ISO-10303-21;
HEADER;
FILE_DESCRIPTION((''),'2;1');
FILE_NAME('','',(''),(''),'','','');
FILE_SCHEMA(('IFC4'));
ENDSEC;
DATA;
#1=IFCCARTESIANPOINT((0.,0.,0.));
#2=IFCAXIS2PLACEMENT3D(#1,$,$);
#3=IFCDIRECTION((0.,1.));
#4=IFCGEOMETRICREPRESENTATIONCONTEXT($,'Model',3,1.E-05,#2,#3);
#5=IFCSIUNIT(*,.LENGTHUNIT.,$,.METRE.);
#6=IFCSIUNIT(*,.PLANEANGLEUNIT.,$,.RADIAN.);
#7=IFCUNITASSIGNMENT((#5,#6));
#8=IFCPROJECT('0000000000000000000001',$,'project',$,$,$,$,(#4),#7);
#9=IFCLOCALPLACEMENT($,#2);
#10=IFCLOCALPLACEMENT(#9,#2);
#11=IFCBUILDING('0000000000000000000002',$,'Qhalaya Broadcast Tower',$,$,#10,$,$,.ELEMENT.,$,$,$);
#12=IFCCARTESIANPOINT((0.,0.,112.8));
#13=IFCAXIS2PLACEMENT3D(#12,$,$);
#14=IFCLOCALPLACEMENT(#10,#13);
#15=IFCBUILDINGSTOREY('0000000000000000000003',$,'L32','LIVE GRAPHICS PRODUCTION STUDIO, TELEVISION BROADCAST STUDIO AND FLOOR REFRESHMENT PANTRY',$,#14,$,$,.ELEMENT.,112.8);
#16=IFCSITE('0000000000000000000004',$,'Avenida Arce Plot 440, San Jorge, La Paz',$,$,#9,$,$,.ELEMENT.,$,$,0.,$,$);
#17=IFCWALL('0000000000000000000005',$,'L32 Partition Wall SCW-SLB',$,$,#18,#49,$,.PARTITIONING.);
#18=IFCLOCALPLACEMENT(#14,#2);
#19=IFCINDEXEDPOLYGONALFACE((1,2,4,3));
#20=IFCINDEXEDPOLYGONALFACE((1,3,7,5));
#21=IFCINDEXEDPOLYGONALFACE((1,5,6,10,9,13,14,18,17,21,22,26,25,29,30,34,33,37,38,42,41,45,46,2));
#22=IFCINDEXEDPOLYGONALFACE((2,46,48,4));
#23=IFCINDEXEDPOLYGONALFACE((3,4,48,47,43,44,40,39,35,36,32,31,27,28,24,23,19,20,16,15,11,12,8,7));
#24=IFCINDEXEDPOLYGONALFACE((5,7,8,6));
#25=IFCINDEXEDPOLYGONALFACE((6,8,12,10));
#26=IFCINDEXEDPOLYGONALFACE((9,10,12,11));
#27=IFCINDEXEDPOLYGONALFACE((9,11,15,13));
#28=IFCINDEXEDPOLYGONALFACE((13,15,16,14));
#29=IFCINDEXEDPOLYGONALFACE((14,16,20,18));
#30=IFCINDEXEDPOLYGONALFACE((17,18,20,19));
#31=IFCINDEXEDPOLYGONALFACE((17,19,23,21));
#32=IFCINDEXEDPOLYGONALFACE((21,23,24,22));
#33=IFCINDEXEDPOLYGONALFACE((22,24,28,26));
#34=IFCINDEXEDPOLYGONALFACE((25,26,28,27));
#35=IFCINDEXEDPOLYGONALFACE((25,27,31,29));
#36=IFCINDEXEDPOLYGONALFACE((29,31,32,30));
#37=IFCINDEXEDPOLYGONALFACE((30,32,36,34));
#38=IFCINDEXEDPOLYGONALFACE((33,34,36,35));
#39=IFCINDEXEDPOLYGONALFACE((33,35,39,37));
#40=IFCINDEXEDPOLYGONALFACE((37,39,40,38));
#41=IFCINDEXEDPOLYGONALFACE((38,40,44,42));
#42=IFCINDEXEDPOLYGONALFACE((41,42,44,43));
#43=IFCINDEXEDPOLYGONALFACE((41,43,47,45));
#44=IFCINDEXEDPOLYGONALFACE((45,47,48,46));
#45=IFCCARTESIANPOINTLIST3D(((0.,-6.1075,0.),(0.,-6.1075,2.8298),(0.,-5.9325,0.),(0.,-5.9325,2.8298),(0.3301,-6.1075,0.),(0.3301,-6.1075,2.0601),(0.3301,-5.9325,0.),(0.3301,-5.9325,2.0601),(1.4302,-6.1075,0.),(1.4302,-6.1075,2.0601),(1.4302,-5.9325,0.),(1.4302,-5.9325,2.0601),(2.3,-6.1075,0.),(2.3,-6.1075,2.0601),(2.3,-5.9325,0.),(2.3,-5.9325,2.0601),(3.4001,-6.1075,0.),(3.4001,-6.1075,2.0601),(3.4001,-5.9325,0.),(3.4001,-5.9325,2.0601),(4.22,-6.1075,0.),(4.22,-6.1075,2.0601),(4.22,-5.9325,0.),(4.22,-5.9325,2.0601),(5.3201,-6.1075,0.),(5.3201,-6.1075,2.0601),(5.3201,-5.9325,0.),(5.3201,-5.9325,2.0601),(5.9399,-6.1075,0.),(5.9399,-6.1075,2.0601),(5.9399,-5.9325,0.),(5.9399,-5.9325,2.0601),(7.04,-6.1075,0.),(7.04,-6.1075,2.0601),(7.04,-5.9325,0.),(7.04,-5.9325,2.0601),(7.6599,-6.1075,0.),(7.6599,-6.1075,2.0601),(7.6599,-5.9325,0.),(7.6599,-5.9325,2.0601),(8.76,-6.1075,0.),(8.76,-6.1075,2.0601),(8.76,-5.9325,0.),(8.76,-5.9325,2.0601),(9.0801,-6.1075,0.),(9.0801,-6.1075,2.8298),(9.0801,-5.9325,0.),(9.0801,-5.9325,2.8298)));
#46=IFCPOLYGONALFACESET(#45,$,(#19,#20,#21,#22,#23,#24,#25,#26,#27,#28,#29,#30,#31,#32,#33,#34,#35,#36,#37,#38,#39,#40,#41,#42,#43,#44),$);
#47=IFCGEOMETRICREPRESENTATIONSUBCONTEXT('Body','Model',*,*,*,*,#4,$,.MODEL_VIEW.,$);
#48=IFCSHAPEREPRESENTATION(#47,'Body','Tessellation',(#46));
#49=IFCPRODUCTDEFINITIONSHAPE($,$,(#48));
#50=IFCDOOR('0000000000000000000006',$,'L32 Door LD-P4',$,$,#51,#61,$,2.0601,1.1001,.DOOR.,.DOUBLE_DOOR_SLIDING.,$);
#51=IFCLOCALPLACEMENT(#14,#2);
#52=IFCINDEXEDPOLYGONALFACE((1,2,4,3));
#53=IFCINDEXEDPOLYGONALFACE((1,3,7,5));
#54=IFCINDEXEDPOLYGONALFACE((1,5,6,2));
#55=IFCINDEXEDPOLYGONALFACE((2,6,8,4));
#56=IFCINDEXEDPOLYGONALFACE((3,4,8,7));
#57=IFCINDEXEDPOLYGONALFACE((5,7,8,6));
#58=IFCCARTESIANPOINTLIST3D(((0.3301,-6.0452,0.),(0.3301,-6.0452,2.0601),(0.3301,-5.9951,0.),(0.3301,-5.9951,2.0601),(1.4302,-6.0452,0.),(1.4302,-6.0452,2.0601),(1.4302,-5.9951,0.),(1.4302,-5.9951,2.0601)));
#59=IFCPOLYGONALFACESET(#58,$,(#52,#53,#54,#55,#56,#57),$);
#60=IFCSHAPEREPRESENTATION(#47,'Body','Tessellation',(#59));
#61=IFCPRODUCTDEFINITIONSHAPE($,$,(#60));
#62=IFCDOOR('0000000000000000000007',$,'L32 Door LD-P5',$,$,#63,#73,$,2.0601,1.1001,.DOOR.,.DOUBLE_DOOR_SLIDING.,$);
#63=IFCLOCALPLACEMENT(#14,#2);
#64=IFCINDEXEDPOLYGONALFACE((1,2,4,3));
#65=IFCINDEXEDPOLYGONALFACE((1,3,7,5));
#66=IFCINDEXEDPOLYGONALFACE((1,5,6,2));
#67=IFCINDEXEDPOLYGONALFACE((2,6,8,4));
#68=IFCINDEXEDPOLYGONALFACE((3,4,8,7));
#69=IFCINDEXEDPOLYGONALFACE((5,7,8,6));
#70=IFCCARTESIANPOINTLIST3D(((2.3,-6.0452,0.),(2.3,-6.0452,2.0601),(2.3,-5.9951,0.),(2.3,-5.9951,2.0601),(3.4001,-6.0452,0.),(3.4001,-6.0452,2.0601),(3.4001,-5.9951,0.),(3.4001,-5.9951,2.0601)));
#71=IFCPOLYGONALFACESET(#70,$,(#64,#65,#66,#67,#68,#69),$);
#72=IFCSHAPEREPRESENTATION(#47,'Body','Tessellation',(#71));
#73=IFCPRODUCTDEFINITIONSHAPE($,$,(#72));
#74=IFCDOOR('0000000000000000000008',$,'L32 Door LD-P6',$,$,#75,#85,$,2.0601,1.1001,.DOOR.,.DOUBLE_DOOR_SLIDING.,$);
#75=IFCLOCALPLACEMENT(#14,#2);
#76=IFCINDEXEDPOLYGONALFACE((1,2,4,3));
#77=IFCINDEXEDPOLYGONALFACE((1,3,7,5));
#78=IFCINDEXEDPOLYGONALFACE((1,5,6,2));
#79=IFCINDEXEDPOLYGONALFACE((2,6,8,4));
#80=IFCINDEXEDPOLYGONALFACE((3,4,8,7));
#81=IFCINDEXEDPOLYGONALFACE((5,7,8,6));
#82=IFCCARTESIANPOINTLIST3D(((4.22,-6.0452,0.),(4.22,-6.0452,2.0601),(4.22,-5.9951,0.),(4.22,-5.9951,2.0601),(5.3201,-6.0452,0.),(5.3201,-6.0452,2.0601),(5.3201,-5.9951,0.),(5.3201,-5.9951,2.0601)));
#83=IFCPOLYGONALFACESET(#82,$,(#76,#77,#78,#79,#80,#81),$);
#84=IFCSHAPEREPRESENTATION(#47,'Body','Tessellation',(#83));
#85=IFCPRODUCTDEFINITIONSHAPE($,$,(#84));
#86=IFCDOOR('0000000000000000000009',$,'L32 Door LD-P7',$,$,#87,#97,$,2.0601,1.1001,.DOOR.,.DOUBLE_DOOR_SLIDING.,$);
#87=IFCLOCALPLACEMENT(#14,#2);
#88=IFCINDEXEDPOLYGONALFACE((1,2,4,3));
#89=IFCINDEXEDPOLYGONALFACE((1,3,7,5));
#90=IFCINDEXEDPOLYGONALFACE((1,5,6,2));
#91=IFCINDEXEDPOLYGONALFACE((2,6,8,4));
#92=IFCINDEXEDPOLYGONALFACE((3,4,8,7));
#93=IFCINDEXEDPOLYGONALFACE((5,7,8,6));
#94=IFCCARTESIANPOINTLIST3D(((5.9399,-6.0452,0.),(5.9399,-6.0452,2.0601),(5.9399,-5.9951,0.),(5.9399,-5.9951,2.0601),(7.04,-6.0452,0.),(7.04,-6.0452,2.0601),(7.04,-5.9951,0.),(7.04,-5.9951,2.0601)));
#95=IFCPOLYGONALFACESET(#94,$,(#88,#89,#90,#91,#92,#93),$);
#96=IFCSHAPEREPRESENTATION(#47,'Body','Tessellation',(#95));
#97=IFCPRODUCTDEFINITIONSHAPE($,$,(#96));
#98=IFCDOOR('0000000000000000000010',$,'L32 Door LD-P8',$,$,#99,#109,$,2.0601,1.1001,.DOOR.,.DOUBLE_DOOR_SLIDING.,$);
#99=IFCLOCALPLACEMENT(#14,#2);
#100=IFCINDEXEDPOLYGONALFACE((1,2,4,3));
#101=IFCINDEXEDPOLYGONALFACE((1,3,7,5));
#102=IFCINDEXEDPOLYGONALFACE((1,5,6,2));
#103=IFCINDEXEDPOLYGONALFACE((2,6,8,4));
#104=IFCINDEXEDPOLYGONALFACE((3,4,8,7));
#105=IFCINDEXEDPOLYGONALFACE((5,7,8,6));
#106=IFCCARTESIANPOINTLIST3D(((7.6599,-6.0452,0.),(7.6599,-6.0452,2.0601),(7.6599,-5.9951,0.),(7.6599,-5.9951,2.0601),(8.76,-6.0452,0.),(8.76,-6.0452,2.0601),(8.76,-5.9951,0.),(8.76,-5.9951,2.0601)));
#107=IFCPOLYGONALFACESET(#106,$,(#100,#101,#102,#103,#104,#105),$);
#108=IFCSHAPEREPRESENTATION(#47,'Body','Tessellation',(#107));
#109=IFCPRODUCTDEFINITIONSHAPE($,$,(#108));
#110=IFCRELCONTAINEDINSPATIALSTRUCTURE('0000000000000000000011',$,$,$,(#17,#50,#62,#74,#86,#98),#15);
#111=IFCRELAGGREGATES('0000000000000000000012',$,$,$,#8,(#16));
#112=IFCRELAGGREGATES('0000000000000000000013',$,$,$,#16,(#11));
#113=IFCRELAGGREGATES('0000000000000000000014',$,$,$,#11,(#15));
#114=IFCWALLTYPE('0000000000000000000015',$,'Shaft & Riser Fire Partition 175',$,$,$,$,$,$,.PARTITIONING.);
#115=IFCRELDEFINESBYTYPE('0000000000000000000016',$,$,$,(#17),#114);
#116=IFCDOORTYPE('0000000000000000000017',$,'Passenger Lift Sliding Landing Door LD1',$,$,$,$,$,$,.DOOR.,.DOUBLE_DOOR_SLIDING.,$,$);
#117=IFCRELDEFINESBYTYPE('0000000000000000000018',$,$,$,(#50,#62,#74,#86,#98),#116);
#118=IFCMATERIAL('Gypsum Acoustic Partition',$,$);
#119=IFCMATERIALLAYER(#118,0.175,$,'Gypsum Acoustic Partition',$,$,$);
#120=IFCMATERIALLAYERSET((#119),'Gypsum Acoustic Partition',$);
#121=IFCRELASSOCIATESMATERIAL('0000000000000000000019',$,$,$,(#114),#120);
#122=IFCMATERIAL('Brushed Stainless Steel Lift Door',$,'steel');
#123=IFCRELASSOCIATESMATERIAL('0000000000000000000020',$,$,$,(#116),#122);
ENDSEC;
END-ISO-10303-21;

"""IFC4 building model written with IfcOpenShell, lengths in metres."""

from ifc_helpers import new_model, si_unit, direction, frame, frame_2d, origin, place, context, subcontext, project, spatial, rectangle, extrude, material, layer, layer_set, type_object, element, fill, save


model = new_model("IFC4")

# Units and contexts
model_context = context("Model", 3, precision=1e-05, world=origin(), true_north=direction((0.0, 1.0)))
body_context = subcontext(model_context, "Body", "Model", "MODEL_VIEW")
ifc_project = project(units=[si_unit("LENGTHUNIT", "METRE"), si_unit("PLANEANGLEUNIT", "RADIAN")], contexts=[model_context])

# Site, building, storey
site_placement = place(None, origin())
site = spatial("IfcSite", under=ifc_project, at=site_placement, Name="Avenida Arce Plot 440, San Jorge, La Paz", CompositionType="ELEMENT", RefElevation=0.0)
building_placement = place(site_placement, origin())
building = spatial("IfcBuilding", under=site, at=building_placement, Name="Qhalaya Broadcast Tower", CompositionType="ELEMENT")
storey_placement = place(building_placement, frame((0.0, 0.0, 112.8)))
storey = spatial("IfcBuildingStorey", under=building, at=storey_placement, Name="L32", Description="LIVE GRAPHICS PRODUCTION STUDIO, TELEVISION BROADCAST STUDIO AND FLOOR REFRESHMENT PANTRY", CompositionType="ELEMENT", Elevation=112.8)

# Shared definitions
ifc_material_1 = material(Name="Gypsum Acoustic Partition")

# Wall, openings, doors
ifc_layer_1 = layer(ifc_material_1, 0.175, Name="Gypsum Acoustic Partition")
ifc_layer_set_1 = layer_set([ifc_layer_1], Name="Gypsum Acoustic Partition")
wall_type_1 = type_object("IfcWallType", Name="Shaft & Riser Fire Partition 175", PredefinedType="PARTITIONING", material=ifc_layer_set_1)
wall_1_placement = place(storey_placement, frame((0.0, -6.02, 0.0), z_axis=(0.0, 0.0, 1.0), x_axis=(1.0, 0.0, 0.0)))
wall_1 = element("IfcWall", 1, at=wall_1_placement, inside=storey, type_object=wall_type_1, Name="L32 Partition Wall SCW-SLB", PredefinedType="PARTITIONING", context=body_context, shape_type="SweptSolid", body=[
    extrude(rectangle(XDim=9.0801, YDim=0.175, at=frame_2d((4.54, 0.0))), origin(), (0.0, 0.0, 1.0), 2.8298),
])
opening_1_placement = place(wall_1_placement, frame((0.3301, 0.0, 0.0)))
opening_1 = element("IfcOpeningElement", 2, at=opening_1_placement, cuts=wall_1, PredefinedType="OPENING", context=body_context, shape_type="SweptSolid", body=[
    extrude(rectangle(XDim=1.1001, YDim=2.0601, at=frame_2d((0.55, 1.03))), frame((0.0, 0.0996, 0.0), z_axis=(0.0, -1.0, 0.0), x_axis=(1.0, 0.0, 0.0)), (0.0, 0.0, 1.0), 0.199),
])
opening_2_placement = place(wall_1_placement, frame((2.3, 0.0, 0.0)))
opening_2 = element("IfcOpeningElement", 3, at=opening_2_placement, cuts=wall_1, PredefinedType="OPENING", context=body_context, shape_type="SweptSolid", body=[
    extrude(rectangle(XDim=1.1001, YDim=2.0601, at=frame_2d((0.55, 1.03))), frame((0.0, 0.0996, 0.0), z_axis=(0.0, -1.0, 0.0), x_axis=(1.0, 0.0, 0.0)), (0.0, 0.0, 1.0), 0.199),
])
opening_3_placement = place(wall_1_placement, frame((4.22, 0.0, 0.0)))
opening_3 = element("IfcOpeningElement", 4, at=opening_3_placement, cuts=wall_1, PredefinedType="OPENING", context=body_context, shape_type="SweptSolid", body=[
    extrude(rectangle(XDim=1.1001, YDim=2.0601, at=frame_2d((0.55, 1.03))), frame((0.0, 0.0996, 0.0), z_axis=(0.0, -1.0, 0.0), x_axis=(1.0, 0.0, 0.0)), (0.0, 0.0, 1.0), 0.199),
])
opening_4_placement = place(wall_1_placement, frame((5.9399, 0.0, 0.0)))
opening_4 = element("IfcOpeningElement", 5, at=opening_4_placement, cuts=wall_1, PredefinedType="OPENING", context=body_context, shape_type="SweptSolid", body=[
    extrude(rectangle(XDim=1.1001, YDim=2.0601, at=frame_2d((0.55, 1.03))), frame((0.0, 0.0996, 0.0), z_axis=(0.0, -1.0, 0.0), x_axis=(1.0, 0.0, 0.0)), (0.0, 0.0, 1.0), 0.199),
])
opening_5_placement = place(wall_1_placement, frame((7.6599, 0.0, 0.0)))
opening_5 = element("IfcOpeningElement", 6, at=opening_5_placement, cuts=wall_1, PredefinedType="OPENING", context=body_context, shape_type="SweptSolid", body=[
    extrude(rectangle(XDim=1.1001, YDim=2.0601, at=frame_2d((0.55, 1.03))), frame((0.0, 0.0996, 0.0), z_axis=(0.0, -1.0, 0.0), x_axis=(1.0, 0.0, 0.0)), (0.0, 0.0, 1.0), 0.199),
])
ifc_material_2 = material(Name="Brushed Stainless Steel Lift Door", Category="steel")
door_type_1 = type_object("IfcDoorType", Name="Passenger Lift Sliding Landing Door LD1", OperationType="DOUBLE_DOOR_SLIDING", PredefinedType="DOOR", material=ifc_material_2)
door_1_placement = place(opening_1_placement, origin())
door_1 = element("IfcDoor", 7, at=door_1_placement, inside=storey, type_object=door_type_1, Name="L32 Door LD-P4", OperationType="DOUBLE_DOOR_SLIDING", OverallHeight=2.0601, OverallWidth=1.1001, PredefinedType="DOOR", context=body_context, shape_type="SweptSolid", body=[
    extrude(rectangle(XDim=1.1001, YDim=2.0601, at=frame_2d((0.55, 1.03))), frame((0.0, 0.0249, 0.0), z_axis=(0.0, -1.0, 0.0), x_axis=(1.0, 0.0, 0.0)), (0.0, 0.0, 1.0), 0.05),
])
fill(opening_1, door_1)
door_2_placement = place(opening_2_placement, origin())
door_2 = element("IfcDoor", 8, at=door_2_placement, inside=storey, type_object=door_type_1, Name="L32 Door LD-P5", OperationType="DOUBLE_DOOR_SLIDING", OverallHeight=2.0601, OverallWidth=1.1001, PredefinedType="DOOR", context=body_context, shape_type="SweptSolid", body=[
    extrude(rectangle(XDim=1.1001, YDim=2.0601, at=frame_2d((0.55, 1.03))), frame((0.0, 0.0249, 0.0), z_axis=(0.0, -1.0, 0.0), x_axis=(1.0, 0.0, 0.0)), (0.0, 0.0, 1.0), 0.05),
])
fill(opening_2, door_2)
door_3_placement = place(opening_3_placement, origin())
door_3 = element("IfcDoor", 9, at=door_3_placement, inside=storey, type_object=door_type_1, Name="L32 Door LD-P6", OperationType="DOUBLE_DOOR_SLIDING", OverallHeight=2.0601, OverallWidth=1.1001, PredefinedType="DOOR", context=body_context, shape_type="SweptSolid", body=[
    extrude(rectangle(XDim=1.1001, YDim=2.0601, at=frame_2d((0.55, 1.03))), frame((0.0, 0.0249, 0.0), z_axis=(0.0, -1.0, 0.0), x_axis=(1.0, 0.0, 0.0)), (0.0, 0.0, 1.0), 0.05),
])
fill(opening_3, door_3)
door_4_placement = place(opening_4_placement, origin())
door_4 = element("IfcDoor", 10, at=door_4_placement, inside=storey, type_object=door_type_1, Name="L32 Door LD-P7", OperationType="DOUBLE_DOOR_SLIDING", OverallHeight=2.0601, OverallWidth=1.1001, PredefinedType="DOOR", context=body_context, shape_type="SweptSolid", body=[
    extrude(rectangle(XDim=1.1001, YDim=2.0601, at=frame_2d((0.55, 1.03))), frame((0.0, 0.0249, 0.0), z_axis=(0.0, -1.0, 0.0), x_axis=(1.0, 0.0, 0.0)), (0.0, 0.0, 1.0), 0.05),
])
fill(opening_4, door_4)
door_5_placement = place(opening_5_placement, origin())
door_5 = element("IfcDoor", 11, at=door_5_placement, inside=storey, type_object=door_type_1, Name="L32 Door LD-P8", OperationType="DOUBLE_DOOR_SLIDING", OverallHeight=2.0601, OverallWidth=1.1001, PredefinedType="DOOR", context=body_context, shape_type="SweptSolid", body=[
    extrude(rectangle(XDim=1.1001, YDim=2.0601, at=frame_2d((0.55, 1.03))), frame((0.0, 0.0249, 0.0), z_axis=(0.0, -1.0, 0.0), x_axis=(1.0, 0.0, 0.0)), (0.0, 0.0, 1.0), 0.05),
])
fill(opening_5, door_5)

save(model, "model.ifc")
